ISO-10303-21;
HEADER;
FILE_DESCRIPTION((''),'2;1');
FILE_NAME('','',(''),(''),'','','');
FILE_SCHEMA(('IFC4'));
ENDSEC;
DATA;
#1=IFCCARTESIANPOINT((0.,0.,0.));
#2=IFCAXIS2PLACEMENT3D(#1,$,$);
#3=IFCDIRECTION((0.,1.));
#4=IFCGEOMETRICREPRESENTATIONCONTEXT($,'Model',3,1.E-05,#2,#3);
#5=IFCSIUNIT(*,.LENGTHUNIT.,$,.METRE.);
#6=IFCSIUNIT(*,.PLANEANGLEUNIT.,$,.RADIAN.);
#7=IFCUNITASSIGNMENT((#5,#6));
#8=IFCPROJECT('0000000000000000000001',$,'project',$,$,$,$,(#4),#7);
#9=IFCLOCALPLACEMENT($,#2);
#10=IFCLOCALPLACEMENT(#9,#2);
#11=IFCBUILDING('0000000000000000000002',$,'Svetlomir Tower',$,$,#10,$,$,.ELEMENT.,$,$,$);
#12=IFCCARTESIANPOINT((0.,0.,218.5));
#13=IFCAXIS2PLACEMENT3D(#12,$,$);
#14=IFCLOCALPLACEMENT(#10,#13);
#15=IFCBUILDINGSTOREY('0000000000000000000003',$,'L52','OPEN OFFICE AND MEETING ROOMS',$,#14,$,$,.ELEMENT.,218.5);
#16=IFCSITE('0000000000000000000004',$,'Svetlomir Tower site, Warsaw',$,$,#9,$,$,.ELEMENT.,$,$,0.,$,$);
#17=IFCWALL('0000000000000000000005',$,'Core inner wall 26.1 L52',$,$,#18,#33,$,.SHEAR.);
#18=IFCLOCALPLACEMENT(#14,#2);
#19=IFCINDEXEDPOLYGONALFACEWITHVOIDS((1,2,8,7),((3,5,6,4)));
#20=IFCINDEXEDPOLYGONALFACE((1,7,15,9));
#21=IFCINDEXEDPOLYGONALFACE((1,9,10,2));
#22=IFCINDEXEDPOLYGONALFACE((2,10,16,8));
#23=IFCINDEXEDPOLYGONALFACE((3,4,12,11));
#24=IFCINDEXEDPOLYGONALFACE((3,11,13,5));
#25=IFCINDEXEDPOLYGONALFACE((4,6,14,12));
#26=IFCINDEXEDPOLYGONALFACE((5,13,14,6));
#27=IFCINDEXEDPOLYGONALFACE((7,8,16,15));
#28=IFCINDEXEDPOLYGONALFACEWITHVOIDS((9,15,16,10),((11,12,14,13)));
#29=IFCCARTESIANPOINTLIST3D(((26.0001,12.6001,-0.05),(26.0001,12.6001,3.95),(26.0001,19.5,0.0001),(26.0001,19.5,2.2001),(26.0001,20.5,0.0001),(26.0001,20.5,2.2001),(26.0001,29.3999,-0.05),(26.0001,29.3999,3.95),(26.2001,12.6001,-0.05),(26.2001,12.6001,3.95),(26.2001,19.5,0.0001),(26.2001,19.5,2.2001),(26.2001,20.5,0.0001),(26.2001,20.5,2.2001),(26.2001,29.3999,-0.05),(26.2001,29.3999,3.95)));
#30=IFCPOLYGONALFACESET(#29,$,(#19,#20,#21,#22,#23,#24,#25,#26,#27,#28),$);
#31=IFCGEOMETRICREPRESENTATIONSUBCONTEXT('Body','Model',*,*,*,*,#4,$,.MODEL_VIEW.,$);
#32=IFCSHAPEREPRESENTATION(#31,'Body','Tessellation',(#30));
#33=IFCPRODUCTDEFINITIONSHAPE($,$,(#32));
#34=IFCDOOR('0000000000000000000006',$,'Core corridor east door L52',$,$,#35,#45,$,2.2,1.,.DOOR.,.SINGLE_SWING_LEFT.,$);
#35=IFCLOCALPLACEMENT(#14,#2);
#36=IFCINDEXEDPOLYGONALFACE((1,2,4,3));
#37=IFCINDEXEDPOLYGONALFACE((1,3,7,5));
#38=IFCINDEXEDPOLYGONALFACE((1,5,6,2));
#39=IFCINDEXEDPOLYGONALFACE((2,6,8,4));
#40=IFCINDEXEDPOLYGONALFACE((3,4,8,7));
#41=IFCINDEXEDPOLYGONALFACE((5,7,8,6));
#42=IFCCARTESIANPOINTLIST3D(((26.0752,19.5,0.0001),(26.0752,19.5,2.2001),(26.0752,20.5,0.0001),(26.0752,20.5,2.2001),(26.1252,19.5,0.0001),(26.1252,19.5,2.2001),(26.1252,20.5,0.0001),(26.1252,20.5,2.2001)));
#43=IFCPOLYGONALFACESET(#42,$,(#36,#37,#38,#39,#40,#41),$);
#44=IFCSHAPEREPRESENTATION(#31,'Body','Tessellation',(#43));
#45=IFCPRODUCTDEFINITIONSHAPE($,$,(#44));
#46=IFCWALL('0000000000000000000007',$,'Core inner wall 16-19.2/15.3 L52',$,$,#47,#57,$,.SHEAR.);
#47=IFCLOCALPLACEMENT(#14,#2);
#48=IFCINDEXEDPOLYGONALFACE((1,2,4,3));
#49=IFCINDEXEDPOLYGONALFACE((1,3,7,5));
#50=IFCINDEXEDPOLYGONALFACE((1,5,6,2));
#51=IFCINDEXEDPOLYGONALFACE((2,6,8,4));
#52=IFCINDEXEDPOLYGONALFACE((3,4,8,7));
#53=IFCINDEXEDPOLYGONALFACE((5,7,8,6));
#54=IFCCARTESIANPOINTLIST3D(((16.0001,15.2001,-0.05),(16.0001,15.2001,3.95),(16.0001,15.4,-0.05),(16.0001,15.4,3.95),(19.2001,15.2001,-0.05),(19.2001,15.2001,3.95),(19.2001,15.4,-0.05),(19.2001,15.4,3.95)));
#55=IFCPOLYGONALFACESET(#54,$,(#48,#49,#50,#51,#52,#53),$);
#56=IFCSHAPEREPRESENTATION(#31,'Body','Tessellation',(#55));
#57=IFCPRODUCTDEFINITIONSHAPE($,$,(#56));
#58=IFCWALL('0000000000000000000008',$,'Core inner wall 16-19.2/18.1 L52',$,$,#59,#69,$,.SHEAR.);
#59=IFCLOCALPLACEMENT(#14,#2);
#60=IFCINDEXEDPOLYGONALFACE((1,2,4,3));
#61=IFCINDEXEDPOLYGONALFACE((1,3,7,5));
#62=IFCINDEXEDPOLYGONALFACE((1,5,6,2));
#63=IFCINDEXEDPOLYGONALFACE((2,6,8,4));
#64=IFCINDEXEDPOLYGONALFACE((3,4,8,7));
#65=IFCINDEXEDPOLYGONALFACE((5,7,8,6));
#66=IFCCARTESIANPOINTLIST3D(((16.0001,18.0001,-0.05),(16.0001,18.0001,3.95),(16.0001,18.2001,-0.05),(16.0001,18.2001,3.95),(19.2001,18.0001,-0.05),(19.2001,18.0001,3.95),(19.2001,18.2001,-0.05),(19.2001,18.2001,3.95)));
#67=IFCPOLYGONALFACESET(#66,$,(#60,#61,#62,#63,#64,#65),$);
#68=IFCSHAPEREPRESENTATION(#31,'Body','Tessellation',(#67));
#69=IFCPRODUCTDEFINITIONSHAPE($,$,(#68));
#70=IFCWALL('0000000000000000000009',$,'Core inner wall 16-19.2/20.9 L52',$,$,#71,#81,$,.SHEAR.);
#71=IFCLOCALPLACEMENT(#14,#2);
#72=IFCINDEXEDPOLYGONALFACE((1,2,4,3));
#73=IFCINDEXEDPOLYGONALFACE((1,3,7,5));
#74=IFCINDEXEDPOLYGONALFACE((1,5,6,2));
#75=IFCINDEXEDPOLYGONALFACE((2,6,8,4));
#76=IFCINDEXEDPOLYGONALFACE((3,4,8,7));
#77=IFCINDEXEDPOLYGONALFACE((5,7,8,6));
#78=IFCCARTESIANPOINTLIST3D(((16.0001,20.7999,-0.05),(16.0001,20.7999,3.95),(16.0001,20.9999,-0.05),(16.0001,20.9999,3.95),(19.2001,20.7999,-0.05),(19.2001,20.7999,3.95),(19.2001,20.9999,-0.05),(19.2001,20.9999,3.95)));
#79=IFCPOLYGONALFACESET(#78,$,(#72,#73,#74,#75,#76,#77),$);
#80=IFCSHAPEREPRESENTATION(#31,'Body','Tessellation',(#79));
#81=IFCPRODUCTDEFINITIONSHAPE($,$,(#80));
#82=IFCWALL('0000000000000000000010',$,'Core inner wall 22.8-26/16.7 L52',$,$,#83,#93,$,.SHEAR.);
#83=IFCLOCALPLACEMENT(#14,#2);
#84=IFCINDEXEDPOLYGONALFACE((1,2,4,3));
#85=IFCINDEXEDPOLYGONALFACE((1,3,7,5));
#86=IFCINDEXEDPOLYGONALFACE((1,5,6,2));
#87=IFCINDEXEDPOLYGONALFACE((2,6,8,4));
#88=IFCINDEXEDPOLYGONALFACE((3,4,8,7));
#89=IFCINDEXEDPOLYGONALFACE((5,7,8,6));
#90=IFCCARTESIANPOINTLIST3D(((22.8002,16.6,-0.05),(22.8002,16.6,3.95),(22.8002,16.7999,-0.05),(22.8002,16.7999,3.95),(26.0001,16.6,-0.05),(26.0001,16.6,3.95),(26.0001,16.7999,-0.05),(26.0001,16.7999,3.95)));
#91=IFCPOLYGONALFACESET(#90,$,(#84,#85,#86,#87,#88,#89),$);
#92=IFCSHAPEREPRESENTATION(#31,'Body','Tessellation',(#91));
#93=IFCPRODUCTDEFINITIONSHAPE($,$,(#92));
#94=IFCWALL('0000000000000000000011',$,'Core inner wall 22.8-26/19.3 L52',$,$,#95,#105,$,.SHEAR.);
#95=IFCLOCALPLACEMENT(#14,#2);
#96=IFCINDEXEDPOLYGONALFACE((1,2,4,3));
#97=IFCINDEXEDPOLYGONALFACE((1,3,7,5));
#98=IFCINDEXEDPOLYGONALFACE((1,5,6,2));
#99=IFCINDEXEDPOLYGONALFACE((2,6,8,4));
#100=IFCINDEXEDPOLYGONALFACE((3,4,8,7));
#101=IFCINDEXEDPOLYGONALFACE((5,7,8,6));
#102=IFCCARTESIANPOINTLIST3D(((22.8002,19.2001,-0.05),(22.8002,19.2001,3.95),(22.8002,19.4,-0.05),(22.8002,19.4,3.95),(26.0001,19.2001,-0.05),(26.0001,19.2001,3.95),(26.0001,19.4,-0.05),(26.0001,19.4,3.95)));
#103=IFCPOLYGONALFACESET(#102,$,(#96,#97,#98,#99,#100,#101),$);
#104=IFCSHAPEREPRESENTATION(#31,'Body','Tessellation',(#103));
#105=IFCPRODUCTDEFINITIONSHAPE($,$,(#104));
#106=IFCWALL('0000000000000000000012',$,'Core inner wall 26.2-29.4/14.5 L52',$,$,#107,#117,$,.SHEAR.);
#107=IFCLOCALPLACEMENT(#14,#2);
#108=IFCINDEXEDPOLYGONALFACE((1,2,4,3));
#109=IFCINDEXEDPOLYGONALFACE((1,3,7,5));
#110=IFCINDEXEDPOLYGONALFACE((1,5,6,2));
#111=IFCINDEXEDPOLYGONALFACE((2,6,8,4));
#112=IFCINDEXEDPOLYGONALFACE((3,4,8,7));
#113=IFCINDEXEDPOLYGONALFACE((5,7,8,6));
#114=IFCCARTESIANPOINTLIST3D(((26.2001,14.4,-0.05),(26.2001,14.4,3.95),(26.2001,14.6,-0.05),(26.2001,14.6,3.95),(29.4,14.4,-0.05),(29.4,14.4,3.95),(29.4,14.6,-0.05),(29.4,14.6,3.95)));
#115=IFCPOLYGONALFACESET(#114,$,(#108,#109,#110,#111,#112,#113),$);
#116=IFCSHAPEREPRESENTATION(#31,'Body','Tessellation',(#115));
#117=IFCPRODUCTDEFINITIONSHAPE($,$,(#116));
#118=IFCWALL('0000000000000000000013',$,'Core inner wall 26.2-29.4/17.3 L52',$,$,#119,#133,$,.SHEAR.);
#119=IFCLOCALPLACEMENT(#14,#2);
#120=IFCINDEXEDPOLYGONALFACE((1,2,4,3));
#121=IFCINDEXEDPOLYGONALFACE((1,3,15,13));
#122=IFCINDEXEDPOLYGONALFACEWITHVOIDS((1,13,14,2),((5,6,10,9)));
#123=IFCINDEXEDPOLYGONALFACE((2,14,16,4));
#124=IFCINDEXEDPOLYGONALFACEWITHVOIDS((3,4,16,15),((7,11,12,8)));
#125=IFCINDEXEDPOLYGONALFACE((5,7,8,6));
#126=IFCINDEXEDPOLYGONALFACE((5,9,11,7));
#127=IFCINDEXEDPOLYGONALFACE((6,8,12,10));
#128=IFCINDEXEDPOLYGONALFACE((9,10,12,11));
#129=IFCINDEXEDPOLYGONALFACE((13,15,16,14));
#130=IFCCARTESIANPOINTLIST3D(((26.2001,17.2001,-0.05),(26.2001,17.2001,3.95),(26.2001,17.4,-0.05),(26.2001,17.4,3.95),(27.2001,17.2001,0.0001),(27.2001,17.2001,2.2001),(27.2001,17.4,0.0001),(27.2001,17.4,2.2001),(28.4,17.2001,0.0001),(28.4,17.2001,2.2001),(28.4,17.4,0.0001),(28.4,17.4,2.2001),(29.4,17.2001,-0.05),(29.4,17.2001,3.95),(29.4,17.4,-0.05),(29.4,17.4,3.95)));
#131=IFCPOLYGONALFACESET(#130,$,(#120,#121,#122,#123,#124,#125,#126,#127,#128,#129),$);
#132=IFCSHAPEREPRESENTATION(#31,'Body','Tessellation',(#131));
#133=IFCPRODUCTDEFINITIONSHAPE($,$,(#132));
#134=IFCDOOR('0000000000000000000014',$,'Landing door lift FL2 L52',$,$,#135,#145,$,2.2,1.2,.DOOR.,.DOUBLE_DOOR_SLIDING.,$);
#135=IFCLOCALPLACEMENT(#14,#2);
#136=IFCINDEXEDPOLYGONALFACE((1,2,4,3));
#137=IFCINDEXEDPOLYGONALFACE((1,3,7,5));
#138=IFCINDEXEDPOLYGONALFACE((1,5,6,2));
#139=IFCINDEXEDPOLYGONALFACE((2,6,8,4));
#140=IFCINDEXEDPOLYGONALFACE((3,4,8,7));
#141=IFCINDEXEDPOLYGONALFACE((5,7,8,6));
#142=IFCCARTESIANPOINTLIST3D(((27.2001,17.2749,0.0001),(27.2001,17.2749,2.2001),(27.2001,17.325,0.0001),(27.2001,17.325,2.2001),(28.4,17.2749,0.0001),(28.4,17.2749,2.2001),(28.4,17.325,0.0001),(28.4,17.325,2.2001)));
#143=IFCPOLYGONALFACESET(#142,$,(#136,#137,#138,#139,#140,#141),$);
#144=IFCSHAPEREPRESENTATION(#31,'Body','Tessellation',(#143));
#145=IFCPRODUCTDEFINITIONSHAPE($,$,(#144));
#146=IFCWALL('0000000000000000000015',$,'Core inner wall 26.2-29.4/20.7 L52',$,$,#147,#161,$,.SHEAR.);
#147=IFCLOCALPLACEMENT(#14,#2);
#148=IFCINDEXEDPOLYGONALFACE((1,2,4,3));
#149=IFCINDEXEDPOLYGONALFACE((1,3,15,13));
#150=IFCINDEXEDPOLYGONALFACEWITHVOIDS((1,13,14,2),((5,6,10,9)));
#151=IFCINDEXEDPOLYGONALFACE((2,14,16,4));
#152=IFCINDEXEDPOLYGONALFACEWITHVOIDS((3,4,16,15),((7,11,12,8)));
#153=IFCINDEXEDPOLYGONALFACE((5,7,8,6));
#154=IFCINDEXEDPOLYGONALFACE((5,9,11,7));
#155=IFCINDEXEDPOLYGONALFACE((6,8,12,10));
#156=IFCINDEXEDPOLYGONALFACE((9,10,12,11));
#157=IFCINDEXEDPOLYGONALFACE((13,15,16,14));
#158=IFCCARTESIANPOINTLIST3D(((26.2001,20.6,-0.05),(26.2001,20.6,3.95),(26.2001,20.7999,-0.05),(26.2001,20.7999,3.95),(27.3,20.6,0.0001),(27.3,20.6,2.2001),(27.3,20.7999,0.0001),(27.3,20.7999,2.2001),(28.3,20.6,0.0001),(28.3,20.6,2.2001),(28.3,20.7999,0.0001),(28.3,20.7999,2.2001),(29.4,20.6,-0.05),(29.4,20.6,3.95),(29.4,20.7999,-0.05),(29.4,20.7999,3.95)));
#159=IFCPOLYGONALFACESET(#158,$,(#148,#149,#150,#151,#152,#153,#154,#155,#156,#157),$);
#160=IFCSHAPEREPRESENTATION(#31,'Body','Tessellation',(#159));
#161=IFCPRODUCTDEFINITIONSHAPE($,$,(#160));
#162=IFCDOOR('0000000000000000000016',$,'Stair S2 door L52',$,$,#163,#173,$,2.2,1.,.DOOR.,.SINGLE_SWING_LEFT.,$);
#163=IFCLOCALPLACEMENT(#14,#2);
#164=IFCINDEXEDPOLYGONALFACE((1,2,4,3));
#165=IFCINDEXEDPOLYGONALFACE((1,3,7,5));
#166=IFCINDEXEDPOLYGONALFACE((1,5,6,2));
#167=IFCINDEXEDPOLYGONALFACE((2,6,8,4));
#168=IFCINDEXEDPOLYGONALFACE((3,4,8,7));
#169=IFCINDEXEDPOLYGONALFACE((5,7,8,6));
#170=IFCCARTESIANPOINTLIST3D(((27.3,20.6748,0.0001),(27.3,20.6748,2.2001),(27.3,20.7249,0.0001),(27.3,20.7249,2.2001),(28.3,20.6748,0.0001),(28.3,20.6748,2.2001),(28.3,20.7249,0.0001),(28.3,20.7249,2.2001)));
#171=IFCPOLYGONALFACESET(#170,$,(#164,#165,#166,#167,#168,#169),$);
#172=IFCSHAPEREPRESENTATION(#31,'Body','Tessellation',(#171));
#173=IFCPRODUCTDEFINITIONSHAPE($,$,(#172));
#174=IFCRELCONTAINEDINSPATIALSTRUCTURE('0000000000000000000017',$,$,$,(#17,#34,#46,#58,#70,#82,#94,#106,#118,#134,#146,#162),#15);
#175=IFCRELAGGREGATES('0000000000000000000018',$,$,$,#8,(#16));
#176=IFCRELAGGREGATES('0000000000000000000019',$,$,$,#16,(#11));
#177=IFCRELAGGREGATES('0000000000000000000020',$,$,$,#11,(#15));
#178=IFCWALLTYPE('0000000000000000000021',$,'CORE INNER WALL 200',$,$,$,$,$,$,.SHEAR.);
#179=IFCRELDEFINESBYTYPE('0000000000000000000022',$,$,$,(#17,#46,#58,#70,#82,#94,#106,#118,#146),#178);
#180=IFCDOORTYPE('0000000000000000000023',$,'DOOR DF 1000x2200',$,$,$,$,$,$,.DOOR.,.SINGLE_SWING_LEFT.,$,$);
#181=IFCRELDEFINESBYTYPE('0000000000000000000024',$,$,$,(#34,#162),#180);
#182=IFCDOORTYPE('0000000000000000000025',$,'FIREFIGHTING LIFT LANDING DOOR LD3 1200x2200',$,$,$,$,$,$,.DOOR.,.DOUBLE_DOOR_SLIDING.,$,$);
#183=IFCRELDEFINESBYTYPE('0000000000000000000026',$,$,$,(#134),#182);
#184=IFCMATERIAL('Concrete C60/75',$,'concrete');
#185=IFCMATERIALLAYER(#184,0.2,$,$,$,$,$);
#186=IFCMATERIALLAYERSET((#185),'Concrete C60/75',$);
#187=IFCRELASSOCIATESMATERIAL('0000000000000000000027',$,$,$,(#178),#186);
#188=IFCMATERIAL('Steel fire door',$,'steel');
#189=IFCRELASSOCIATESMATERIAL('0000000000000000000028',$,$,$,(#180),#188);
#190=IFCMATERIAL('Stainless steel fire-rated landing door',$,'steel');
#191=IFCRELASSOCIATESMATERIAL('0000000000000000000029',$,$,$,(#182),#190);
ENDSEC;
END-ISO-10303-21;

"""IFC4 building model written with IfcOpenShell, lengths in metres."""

from ifc_helpers import new_model, si_unit, direction, frame, frame_2d, origin, place, context, subcontext, project, spatial, rectangle, extrude, material, layer, layer_set, type_object, element, fill, save


model = new_model("IFC4")

# Units and contexts
model_context = context("Model", 3, precision=1e-05, world=origin(), true_north=direction((0.0, 1.0)))
body_context = subcontext(model_context, "Body", "Model", "MODEL_VIEW")
ifc_project = project(units=[si_unit("LENGTHUNIT", "METRE"), si_unit("PLANEANGLEUNIT", "RADIAN")], contexts=[model_context])

# Site, building, storey
site_placement = place(None, origin())
site = spatial("IfcSite", under=ifc_project, at=site_placement, Name="Svetlomir Tower site, Warsaw", CompositionType="ELEMENT", RefElevation=0.0)
building_placement = place(site_placement, origin())
building = spatial("IfcBuilding", under=site, at=building_placement, Name="Svetlomir Tower", CompositionType="ELEMENT")
storey_placement = place(building_placement, frame((0.0, 0.0, 218.5)))
storey = spatial("IfcBuildingStorey", under=building, at=storey_placement, Name="L52", Description="OPEN OFFICE AND MEETING ROOMS", CompositionType="ELEMENT", Elevation=218.5)

# Wall, opening, door
ifc_material_1 = material(Name="Concrete C60/75", Category="concrete")
ifc_layer_1 = layer(ifc_material_1, 0.2)
ifc_layer_set_1 = layer_set([ifc_layer_1], Name="Concrete C60/75")
wall_type_1 = type_object("IfcWallType", Name="CORE INNER WALL 200", PredefinedType="SHEAR", material=ifc_layer_set_1)
wall_1_placement = place(storey_placement, frame((26.1001, 12.6001, -0.05), z_axis=(0.0, 0.0, 1.0), x_axis=(0.0, 1.0, 0.0)))
wall_1 = element("IfcWall", 1, at=wall_1_placement, inside=storey, type_object=wall_type_1, Name="Core inner wall 26.1 L52", PredefinedType="SHEAR", context=body_context, shape_type="SweptSolid", body=[
    extrude(rectangle(XDim=16.7998, YDim=0.2, at=frame_2d((8.3999, 0.0))), origin(), (0.0, 0.0, 1.0), 4.0),
])
opening_1_placement = place(wall_1_placement, frame((6.8999, 0.0, 0.05)))
opening_1 = element("IfcOpeningElement", 2, at=opening_1_placement, cuts=wall_1, PredefinedType="OPENING", context=body_context, shape_type="SweptSolid", body=[
    extrude(rectangle(XDim=1.0, YDim=2.2, at=frame_2d((0.5, 1.1001))), frame((0.0, 0.1099, 0.0), z_axis=(0.0, -1.0, 0.0), x_axis=(1.0, 0.0, 0.0)), (0.0, 0.0, 1.0), 0.22),
])
ifc_material_2 = material(Name="Steel fire door", Category="steel")
door_type_1 = type_object("IfcDoorType", Name="DOOR DF 1000x2200", OperationType="SINGLE_SWING_LEFT", PredefinedType="DOOR", material=ifc_material_2)
door_1_placement = place(opening_1_placement, origin())
door_1 = element("IfcDoor", 3, at=door_1_placement, inside=storey, type_object=door_type_1, Name="Core corridor east door L52", OperationType="SINGLE_SWING_LEFT", OverallHeight=2.2, OverallWidth=1.0, PredefinedType="DOOR", context=body_context, shape_type="SweptSolid", body=[
    extrude(rectangle(XDim=1.0, YDim=2.2, at=frame_2d((0.5, 1.1001))), frame((0.0, 0.0249, 0.0), z_axis=(0.0, -1.0, 0.0), x_axis=(1.0, 0.0, 0.0)), (0.0, 0.0, 1.0), 0.05),
])
fill(opening_1, door_1)

# Walls
for number, where, z_axis, x_axis, name in (
    (4, (16.0, 15.3, -0.05), (0.0, 0.0, 1.0), (1.0, 0.0, 0.0), "Core inner wall 16-19.2/15.3 L52"),
    (5, (16.0, 18.1001, -0.05), (0.0, 0.0, 1.0), (1.0, 0.0, 0.0), "Core inner wall 16-19.2/18.1 L52"),
    (6, (16.0, 20.8999, -0.05), (0.0, 0.0, 1.0), (1.0, 0.0, 0.0), "Core inner wall 16-19.2/20.9 L52"),
    (7, (22.8, 16.7, -0.05), (0.0, 0.0, 1.0), (1.0, 0.0, 0.0), "Core inner wall 22.8-26/16.7 L52"),
    (8, (22.8, 19.3, -0.05), (0.0, 0.0, 1.0), (1.0, 0.0, 0.0), "Core inner wall 22.8-26/19.3 L52"),
    (9, (26.2, 14.5, -0.05), (0.0, 0.0, 1.0), (1.0, 0.0, 0.0), "Core inner wall 26.2-29.4/14.5 L52"),
):
    element("IfcWall", number, at=place(storey_placement, frame(where, z_axis=z_axis, x_axis=x_axis)), inside=storey, type_object=wall_type_1, Name=name, PredefinedType="SHEAR", context=body_context, shape_type="SweptSolid", body=[
        extrude(rectangle(XDim=3.2, YDim=0.2, at=frame_2d((1.6001, 0.0))), origin(), (0.0, 0.0, 1.0), 4.0),
    ])

# Walls, openings, doors
wall_2_placement = place(storey_placement, frame((26.2, 17.3, -0.05), z_axis=(0.0, 0.0, 1.0), x_axis=(1.0, 0.0, 0.0)))
wall_2 = element("IfcWall", 10, at=wall_2_placement, inside=storey, type_object=wall_type_1, Name="Core inner wall 26.2-29.4/17.3 L52", PredefinedType="SHEAR", context=body_context, shape_type="SweptSolid", body=[
    extrude(rectangle(XDim=3.2, YDim=0.2, at=frame_2d((1.6001, 0.0))), origin(), (0.0, 0.0, 1.0), 4.0),
])
opening_2_placement = place(wall_2_placement, frame((1.0, 0.0, 0.05)))
opening_2 = element("IfcOpeningElement", 11, at=opening_2_placement, cuts=wall_2, PredefinedType="OPENING", context=body_context, shape_type="SweptSolid", body=[
    extrude(rectangle(XDim=1.2, YDim=2.2, at=frame_2d((0.6001, 1.1001))), frame((0.0, 0.1099, 0.0), z_axis=(0.0, -1.0, 0.0), x_axis=(1.0, 0.0, 0.0)), (0.0, 0.0, 1.0), 0.22),
])
ifc_material_3 = material(Name="Stainless steel fire-rated landing door", Category="steel")
door_type_2 = type_object("IfcDoorType", Name="FIREFIGHTING LIFT LANDING DOOR LD3 1200x2200", OperationType="DOUBLE_DOOR_SLIDING", PredefinedType="DOOR", material=ifc_material_3)
door_2_placement = place(opening_2_placement, origin())
door_2 = element("IfcDoor", 12, at=door_2_placement, inside=storey, type_object=door_type_2, Name="Landing door lift FL2 L52", OperationType="DOUBLE_DOOR_SLIDING", OverallHeight=2.2, OverallWidth=1.2, PredefinedType="DOOR", context=body_context, shape_type="SweptSolid", body=[
    extrude(rectangle(XDim=1.2, YDim=2.2, at=frame_2d((0.6001, 1.1001))), frame((0.0, 0.0249, 0.0), z_axis=(0.0, -1.0, 0.0), x_axis=(1.0, 0.0, 0.0)), (0.0, 0.0, 1.0), 0.05),
])
fill(opening_2, door_2)
wall_3_placement = place(storey_placement, frame((26.2, 20.7, -0.05), z_axis=(0.0, 0.0, 1.0), x_axis=(1.0, 0.0, 0.0)))
wall_3 = element("IfcWall", 13, at=wall_3_placement, inside=storey, type_object=wall_type_1, Name="Core inner wall 26.2-29.4/20.7 L52", PredefinedType="SHEAR", context=body_context, shape_type="SweptSolid", body=[
    extrude(rectangle(XDim=3.2, YDim=0.2, at=frame_2d((1.6001, 0.0))), origin(), (0.0, 0.0, 1.0), 4.0),
])
opening_3_placement = place(wall_3_placement, frame((1.1001, 0.0, 0.05)))
opening_3 = element("IfcOpeningElement", 14, at=opening_3_placement, cuts=wall_3, PredefinedType="OPENING", context=body_context, shape_type="SweptSolid", body=[
    extrude(rectangle(XDim=1.0, YDim=2.2, at=frame_2d((0.5, 1.1001))), frame((0.0, 0.1099, 0.0), z_axis=(0.0, -1.0, 0.0), x_axis=(1.0, 0.0, 0.0)), (0.0, 0.0, 1.0), 0.22),
])
door_3_placement = place(opening_3_placement, origin())
door_3 = element("IfcDoor", 15, at=door_3_placement, inside=storey, type_object=door_type_1, Name="Stair S2 door L52", OperationType="SINGLE_SWING_LEFT", OverallHeight=2.2, OverallWidth=1.0, PredefinedType="DOOR", context=body_context, shape_type="SweptSolid", body=[
    extrude(rectangle(XDim=1.0, YDim=2.2, at=frame_2d((0.5, 1.1001))), frame((0.0, 0.0249, 0.0), z_axis=(0.0, -1.0, 0.0), x_axis=(1.0, 0.0, 0.0)), (0.0, 0.0, 1.0), 0.05),
])
fill(opening_3, door_3)

save(model, "model.ifc")
